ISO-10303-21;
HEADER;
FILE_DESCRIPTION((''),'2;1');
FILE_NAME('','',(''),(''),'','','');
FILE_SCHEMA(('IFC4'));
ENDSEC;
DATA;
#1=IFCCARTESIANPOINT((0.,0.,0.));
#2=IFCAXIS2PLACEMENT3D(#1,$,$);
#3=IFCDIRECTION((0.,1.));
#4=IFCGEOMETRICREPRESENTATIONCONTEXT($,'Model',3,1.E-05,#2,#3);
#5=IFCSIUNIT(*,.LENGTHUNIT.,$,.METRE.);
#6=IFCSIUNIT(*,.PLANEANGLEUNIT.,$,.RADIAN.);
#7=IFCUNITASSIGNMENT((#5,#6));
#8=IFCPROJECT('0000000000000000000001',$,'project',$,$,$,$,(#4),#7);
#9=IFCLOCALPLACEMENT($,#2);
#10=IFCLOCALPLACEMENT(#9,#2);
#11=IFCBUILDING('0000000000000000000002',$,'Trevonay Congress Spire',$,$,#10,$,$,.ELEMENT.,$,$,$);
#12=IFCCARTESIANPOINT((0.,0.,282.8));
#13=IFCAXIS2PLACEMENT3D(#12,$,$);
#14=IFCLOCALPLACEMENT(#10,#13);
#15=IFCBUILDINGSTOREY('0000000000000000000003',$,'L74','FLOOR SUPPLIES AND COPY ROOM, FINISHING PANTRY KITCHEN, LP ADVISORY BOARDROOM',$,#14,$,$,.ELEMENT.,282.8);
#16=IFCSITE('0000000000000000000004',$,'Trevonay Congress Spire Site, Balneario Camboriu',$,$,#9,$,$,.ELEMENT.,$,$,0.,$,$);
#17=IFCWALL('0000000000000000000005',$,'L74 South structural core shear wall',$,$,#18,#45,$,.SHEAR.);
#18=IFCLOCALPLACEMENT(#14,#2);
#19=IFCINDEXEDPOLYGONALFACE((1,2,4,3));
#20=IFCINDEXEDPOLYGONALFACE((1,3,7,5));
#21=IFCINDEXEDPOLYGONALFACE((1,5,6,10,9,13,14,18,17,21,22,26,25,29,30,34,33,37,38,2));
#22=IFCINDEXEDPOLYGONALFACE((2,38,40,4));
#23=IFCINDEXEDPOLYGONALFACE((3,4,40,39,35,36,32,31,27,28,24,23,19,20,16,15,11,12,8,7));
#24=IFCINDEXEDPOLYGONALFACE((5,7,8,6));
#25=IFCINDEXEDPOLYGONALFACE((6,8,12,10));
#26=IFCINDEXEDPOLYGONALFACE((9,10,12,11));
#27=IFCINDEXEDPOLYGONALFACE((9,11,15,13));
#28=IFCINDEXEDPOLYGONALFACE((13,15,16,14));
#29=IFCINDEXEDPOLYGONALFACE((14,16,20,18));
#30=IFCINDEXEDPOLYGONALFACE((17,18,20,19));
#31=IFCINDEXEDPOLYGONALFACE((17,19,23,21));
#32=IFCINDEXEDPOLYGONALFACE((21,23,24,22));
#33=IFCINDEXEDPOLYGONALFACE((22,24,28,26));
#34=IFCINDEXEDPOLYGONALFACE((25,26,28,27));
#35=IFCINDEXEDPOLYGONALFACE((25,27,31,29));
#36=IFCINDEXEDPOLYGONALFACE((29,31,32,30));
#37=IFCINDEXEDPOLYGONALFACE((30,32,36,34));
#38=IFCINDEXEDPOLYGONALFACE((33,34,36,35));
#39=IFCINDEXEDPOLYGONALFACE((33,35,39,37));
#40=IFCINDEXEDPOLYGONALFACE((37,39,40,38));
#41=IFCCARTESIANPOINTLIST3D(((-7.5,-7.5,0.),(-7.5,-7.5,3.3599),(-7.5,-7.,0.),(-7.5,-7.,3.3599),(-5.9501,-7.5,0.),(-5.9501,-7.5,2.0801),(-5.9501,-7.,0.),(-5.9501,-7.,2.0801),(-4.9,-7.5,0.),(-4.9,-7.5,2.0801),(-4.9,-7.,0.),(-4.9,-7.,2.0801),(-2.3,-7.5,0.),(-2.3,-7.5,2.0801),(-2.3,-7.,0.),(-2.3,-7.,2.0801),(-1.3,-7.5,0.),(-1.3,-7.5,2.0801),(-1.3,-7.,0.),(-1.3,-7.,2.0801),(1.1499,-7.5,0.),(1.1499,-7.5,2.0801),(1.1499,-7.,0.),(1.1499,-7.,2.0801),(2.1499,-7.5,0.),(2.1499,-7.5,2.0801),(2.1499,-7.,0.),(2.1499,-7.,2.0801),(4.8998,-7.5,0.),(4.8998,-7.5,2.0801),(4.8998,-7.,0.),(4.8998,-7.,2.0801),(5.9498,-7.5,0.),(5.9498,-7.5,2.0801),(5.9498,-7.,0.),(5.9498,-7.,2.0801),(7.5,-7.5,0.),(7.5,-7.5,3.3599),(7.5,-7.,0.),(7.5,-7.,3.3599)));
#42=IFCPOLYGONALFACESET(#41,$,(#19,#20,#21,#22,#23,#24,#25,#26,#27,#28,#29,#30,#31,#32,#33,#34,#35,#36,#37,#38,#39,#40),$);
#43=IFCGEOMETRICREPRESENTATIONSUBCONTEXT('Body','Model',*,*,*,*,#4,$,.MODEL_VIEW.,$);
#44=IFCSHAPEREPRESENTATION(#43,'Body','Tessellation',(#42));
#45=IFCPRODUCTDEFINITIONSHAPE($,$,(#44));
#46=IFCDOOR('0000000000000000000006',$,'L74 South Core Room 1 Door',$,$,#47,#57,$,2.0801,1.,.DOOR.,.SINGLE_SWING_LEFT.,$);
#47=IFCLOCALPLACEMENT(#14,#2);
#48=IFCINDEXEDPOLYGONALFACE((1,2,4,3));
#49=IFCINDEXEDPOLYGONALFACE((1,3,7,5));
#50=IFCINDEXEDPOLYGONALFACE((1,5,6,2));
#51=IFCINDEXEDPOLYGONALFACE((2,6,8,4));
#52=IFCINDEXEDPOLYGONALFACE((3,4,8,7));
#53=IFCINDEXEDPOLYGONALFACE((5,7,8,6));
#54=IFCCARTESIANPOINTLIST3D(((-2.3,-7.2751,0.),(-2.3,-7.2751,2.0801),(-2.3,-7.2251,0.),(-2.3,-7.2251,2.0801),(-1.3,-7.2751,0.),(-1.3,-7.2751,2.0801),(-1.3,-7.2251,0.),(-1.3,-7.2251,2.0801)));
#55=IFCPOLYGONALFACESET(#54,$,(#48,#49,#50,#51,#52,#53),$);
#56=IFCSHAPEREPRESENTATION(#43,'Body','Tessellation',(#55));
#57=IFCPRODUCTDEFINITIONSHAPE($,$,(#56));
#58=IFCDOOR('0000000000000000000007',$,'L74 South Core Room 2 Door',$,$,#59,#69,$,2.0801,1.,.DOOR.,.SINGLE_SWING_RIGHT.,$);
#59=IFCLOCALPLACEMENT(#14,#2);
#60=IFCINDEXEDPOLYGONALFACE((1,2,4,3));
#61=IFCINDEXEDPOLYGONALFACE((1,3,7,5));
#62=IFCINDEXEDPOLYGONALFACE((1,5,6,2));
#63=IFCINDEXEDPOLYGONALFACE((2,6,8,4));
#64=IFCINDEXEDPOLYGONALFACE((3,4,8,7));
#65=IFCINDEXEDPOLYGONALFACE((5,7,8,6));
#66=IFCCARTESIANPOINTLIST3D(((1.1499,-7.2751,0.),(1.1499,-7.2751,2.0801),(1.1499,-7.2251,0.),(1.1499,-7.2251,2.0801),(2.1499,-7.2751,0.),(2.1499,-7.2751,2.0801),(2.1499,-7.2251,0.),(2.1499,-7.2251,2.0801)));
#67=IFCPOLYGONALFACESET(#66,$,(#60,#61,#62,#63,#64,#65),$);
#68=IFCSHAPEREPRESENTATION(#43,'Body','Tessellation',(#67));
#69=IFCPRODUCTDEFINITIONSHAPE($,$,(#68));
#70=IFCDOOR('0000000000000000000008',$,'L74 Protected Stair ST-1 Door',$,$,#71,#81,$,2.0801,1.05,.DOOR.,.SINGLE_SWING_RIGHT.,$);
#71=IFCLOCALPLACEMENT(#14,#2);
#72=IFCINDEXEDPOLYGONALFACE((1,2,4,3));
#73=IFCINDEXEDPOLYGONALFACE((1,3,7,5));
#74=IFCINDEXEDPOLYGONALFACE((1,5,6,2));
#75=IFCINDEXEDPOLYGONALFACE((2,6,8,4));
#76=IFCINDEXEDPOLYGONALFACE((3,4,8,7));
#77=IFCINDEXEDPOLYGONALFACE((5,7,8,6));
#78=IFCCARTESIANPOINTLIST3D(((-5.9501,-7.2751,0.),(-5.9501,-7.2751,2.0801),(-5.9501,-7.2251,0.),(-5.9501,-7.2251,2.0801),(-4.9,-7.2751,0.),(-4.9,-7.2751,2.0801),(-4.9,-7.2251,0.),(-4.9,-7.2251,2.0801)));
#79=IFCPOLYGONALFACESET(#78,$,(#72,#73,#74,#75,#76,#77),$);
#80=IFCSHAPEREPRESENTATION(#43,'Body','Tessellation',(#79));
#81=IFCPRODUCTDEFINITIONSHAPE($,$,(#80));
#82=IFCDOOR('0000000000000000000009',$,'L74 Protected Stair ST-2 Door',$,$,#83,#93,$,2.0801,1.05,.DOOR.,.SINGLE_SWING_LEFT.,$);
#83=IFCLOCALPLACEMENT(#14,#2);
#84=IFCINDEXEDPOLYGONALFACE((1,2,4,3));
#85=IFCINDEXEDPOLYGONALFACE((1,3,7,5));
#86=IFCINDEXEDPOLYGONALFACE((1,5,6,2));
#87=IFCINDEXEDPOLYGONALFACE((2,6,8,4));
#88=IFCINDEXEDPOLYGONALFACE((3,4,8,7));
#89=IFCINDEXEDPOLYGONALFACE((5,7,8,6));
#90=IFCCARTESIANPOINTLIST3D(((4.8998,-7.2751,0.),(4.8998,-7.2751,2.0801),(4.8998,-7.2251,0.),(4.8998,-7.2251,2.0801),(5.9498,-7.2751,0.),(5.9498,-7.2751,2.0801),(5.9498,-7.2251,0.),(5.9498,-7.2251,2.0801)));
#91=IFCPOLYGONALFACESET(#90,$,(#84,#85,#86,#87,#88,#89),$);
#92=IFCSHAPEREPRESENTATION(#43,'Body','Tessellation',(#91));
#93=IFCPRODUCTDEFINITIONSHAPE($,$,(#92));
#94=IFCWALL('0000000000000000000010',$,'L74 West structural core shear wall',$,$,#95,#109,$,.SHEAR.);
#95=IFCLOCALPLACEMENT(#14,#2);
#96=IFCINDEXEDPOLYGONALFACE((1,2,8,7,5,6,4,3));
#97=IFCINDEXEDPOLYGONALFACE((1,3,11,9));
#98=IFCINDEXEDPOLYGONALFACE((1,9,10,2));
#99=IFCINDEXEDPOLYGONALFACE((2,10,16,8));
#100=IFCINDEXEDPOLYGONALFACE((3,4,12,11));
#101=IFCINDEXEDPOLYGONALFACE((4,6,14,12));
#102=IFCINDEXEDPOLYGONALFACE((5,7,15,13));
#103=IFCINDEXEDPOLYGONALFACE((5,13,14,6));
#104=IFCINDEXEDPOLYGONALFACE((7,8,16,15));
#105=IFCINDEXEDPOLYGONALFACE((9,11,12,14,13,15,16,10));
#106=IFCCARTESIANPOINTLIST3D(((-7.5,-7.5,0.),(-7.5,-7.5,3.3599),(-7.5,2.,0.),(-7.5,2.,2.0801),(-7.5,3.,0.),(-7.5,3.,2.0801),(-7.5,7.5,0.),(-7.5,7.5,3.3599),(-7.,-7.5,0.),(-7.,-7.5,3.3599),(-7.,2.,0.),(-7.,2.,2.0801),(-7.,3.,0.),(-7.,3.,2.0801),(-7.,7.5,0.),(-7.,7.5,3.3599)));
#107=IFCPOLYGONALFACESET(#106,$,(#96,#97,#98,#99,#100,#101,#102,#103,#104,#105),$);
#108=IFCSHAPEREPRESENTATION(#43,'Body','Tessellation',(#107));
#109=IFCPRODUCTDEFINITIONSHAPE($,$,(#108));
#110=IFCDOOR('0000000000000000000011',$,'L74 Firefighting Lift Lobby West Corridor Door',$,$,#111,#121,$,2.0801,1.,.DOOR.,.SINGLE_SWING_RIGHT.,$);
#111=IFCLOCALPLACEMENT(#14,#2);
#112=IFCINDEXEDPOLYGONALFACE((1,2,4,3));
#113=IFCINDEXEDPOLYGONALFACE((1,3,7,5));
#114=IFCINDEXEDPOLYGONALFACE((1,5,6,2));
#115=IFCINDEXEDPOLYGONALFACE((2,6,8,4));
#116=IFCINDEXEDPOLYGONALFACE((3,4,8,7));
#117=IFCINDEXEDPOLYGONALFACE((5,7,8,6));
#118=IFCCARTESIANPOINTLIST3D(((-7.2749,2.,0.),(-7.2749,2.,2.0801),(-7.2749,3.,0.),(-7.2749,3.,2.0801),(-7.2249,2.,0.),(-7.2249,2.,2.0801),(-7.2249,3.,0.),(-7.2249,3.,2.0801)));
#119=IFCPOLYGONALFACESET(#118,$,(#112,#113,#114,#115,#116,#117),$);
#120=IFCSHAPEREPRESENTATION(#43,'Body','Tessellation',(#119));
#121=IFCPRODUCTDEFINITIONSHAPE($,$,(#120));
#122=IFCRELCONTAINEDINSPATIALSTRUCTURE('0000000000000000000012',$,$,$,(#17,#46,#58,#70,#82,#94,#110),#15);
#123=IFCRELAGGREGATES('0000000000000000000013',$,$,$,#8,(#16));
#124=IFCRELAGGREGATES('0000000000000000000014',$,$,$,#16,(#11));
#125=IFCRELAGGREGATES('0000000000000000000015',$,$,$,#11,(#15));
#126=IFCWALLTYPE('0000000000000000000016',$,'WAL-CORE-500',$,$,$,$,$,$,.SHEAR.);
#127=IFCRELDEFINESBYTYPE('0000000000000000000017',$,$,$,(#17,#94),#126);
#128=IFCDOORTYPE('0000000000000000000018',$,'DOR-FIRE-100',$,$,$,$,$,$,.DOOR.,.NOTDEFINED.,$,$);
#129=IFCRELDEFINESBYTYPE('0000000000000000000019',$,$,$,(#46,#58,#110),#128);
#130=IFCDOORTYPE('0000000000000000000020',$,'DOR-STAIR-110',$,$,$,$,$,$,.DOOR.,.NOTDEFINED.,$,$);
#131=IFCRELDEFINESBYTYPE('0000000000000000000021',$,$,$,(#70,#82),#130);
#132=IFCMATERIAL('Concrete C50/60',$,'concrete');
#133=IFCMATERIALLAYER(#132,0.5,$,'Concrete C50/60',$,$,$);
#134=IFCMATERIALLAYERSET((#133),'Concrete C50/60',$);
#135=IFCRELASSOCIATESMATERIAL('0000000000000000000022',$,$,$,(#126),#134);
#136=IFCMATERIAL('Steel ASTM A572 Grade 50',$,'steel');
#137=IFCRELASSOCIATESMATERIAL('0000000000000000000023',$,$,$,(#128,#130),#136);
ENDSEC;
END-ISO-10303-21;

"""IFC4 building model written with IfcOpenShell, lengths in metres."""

from ifc_helpers import new_model, si_unit, direction, frame, frame_2d, origin, place, context, subcontext, project, spatial, rectangle, extrude, material, layer, layer_set, type_object, element, fill, save


model = new_model("IFC4")

# Units and contexts
model_context = context("Model", 3, precision=1e-05, world=origin(), true_north=direction((0.0, 1.0)))
body_context = subcontext(model_context, "Body", "Model", "MODEL_VIEW")
ifc_project = project(units=[si_unit("LENGTHUNIT", "METRE"), si_unit("PLANEANGLEUNIT", "RADIAN")], contexts=[model_context])

# Site, building, storey
site_placement = place(None, origin())
site = spatial("IfcSite", under=ifc_project, at=site_placement, Name="Trevonay Congress Spire Site, Balneario Camboriu", CompositionType="ELEMENT", RefElevation=0.0)
building_placement = place(site_placement, origin())
building = spatial("IfcBuilding", under=site, at=building_placement, Name="Trevonay Congress Spire", CompositionType="ELEMENT")
storey_placement = place(building_placement, frame((0.0, 0.0, 282.8)))
storey = spatial("IfcBuildingStorey", under=building, at=storey_placement, Name="L74", Description="FLOOR SUPPLIES AND COPY ROOM, FINISHING PANTRY KITCHEN, LP ADVISORY BOARDROOM", CompositionType="ELEMENT", Elevation=282.8)

# Shared definitions
ifc_material_1 = material(Name="Steel ASTM A572 Grade 50", Category="steel")

# Wall, openings, doors
ifc_material_2 = material(Name="Concrete C50/60", Category="concrete")
ifc_layer_1 = layer(ifc_material_2, 0.5, Name="Concrete C50/60")
ifc_layer_set_1 = layer_set([ifc_layer_1], Name="Concrete C50/60")
wall_type_1 = type_object("IfcWallType", Name="WAL-CORE-500", PredefinedType="SHEAR", material=ifc_layer_set_1)
wall_1_placement = place(storey_placement, frame((-7.5, -7.25, 0.0), z_axis=(0.0, 0.0, 1.0), x_axis=(1.0, 0.0, 0.0)))
wall_1 = element("IfcWall", 1, at=wall_1_placement, inside=storey, type_object=wall_type_1, Name="L74 South structural core shear wall", PredefinedType="SHEAR", context=body_context, shape_type="SweptSolid", body=[
    extrude(rectangle(XDim=15.0, YDim=0.5, at=frame_2d((7.5, 0.0))), origin(), (0.0, 0.0, 1.0), 3.3599),
])
opening_1_placement = place(wall_1_placement, frame((1.55, 0.0, 0.0)))
opening_1 = element("IfcOpeningElement", 2, at=opening_1_placement, cuts=wall_1, PredefinedType="OPENING", context=body_context, shape_type="SweptSolid", body=[
    extrude(rectangle(XDim=1.05, YDim=2.0801, at=frame_2d((0.5249, 1.04))), frame((0.0, 0.26, 0.0), z_axis=(0.0, -1.0, 0.0), x_axis=(1.0, 0.0, 0.0)), (0.0, 0.0, 1.0), 0.52),
])
opening_2_placement = place(wall_1_placement, frame((12.3999, 0.0, 0.0)))
opening_2 = element("IfcOpeningElement", 3, at=opening_2_placement, cuts=wall_1, PredefinedType="OPENING", context=body_context, shape_type="SweptSolid", body=[
    extrude(rectangle(XDim=1.05, YDim=2.0801, at=frame_2d((0.5249, 1.04))), frame((0.0, 0.26, 0.0), z_axis=(0.0, -1.0, 0.0), x_axis=(1.0, 0.0, 0.0)), (0.0, 0.0, 1.0), 0.52),
])
opening_3_placement = place(wall_1_placement, frame((5.2, 0.0, 0.0)))
opening_3 = element("IfcOpeningElement", 4, at=opening_3_placement, cuts=wall_1, PredefinedType="OPENING", context=body_context, shape_type="SweptSolid", body=[
    extrude(rectangle(XDim=1.0, YDim=2.0801, at=frame_2d((0.5, 1.04))), frame((0.0, 0.26, 0.0), z_axis=(0.0, -1.0, 0.0), x_axis=(1.0, 0.0, 0.0)), (0.0, 0.0, 1.0), 0.52),
])
opening_4_placement = place(wall_1_placement, frame((8.6499, 0.0, 0.0)))
opening_4 = element("IfcOpeningElement", 5, at=opening_4_placement, cuts=wall_1, PredefinedType="OPENING", context=body_context, shape_type="SweptSolid", body=[
    extrude(rectangle(XDim=1.0, YDim=2.0801, at=frame_2d((0.5, 1.04))), frame((0.0, 0.26, 0.0), z_axis=(0.0, -1.0, 0.0), x_axis=(1.0, 0.0, 0.0)), (0.0, 0.0, 1.0), 0.52),
])
door_type_1 = type_object("IfcDoorType", Name="DOR-FIRE-100", OperationType="NOTDEFINED", PredefinedType="DOOR", material=ifc_material_1)
door_1_placement = place(opening_3_placement, origin())
door_1 = element("IfcDoor", 6, at=door_1_placement, inside=storey, type_object=door_type_1, Name="L74 South Core Room 1 Door", OperationType="SINGLE_SWING_LEFT", OverallHeight=2.0801, OverallWidth=1.0, PredefinedType="DOOR", context=body_context, shape_type="SweptSolid", body=[
    extrude(rectangle(XDim=1.0, YDim=2.0801, at=frame_2d((0.5, 1.04))), frame((0.0, 0.0249, 0.0), z_axis=(0.0, -1.0, 0.0), x_axis=(1.0, 0.0, 0.0)), (0.0, 0.0, 1.0), 0.05),
])
fill(opening_3, door_1)
door_2_placement = place(opening_4_placement, origin())
door_2 = element("IfcDoor", 7, at=door_2_placement, inside=storey, type_object=door_type_1, Name="L74 South Core Room 2 Door", OperationType="SINGLE_SWING_RIGHT", OverallHeight=2.0801, OverallWidth=1.0, PredefinedType="DOOR", context=body_context, shape_type="SweptSolid", body=[
    extrude(rectangle(XDim=1.0, YDim=2.0801, at=frame_2d((0.5, 1.04))), frame((0.0, 0.0249, 0.0), z_axis=(0.0, -1.0, 0.0), x_axis=(1.0, 0.0, 0.0)), (0.0, 0.0, 1.0), 0.05),
])
fill(opening_4, door_2)
door_type_2 = type_object("IfcDoorType", Name="DOR-STAIR-110", OperationType="NOTDEFINED", PredefinedType="DOOR", material=ifc_material_1)
door_3_placement = place(opening_1_placement, origin())
door_3 = element("IfcDoor", 8, at=door_3_placement, inside=storey, type_object=door_type_2, Name="L74 Protected Stair ST-1 Door", OperationType="SINGLE_SWING_RIGHT", OverallHeight=2.0801, OverallWidth=1.05, PredefinedType="DOOR", context=body_context, shape_type="SweptSolid", body=[
    extrude(rectangle(XDim=1.05, YDim=2.0801, at=frame_2d((0.5249, 1.04))), frame((0.0, 0.0249, 0.0), z_axis=(0.0, -1.0, 0.0), x_axis=(1.0, 0.0, 0.0)), (0.0, 0.0, 1.0), 0.05),
])
fill(opening_1, door_3)
door_4_placement = place(opening_2_placement, origin())
door_4 = element("IfcDoor", 9, at=door_4_placement, inside=storey, type_object=door_type_2, Name="L74 Protected Stair ST-2 Door", OperationType="SINGLE_SWING_LEFT", OverallHeight=2.0801, OverallWidth=1.05, PredefinedType="DOOR", context=body_context, shape_type="SweptSolid", body=[
    extrude(rectangle(XDim=1.05, YDim=2.0801, at=frame_2d((0.5249, 1.04))), frame((0.0, 0.0249, 0.0), z_axis=(0.0, -1.0, 0.0), x_axis=(1.0, 0.0, 0.0)), (0.0, 0.0, 1.0), 0.05),
])
fill(opening_2, door_4)

# Wall, opening, door
wall_2_placement = place(storey_placement, frame((-7.25, -7.5, 0.0), z_axis=(0.0, 0.0, 1.0), x_axis=(0.0, 1.0, 0.0)))
wall_2 = element("IfcWall", 10, at=wall_2_placement, inside=storey, type_object=wall_type_1, Name="L74 West structural core shear wall", PredefinedType="SHEAR", context=body_context, shape_type="SweptSolid", body=[
    extrude(rectangle(XDim=15.0, YDim=0.5, at=frame_2d((7.5, 0.0))), origin(), (0.0, 0.0, 1.0), 3.3599),
])
opening_5_placement = place(wall_2_placement, frame((9.5, 0.0, 0.0)))
opening_5 = element("IfcOpeningElement", 11, at=opening_5_placement, cuts=wall_2, PredefinedType="OPENING", context=body_context, shape_type="SweptSolid", body=[
    extrude(rectangle(XDim=1.0, YDim=2.0801, at=frame_2d((0.5, 1.04))), frame((0.0, 0.26, 0.0), z_axis=(0.0, -1.0, 0.0), x_axis=(1.0, 0.0, 0.0)), (0.0, 0.0, 1.0), 0.52),
])
door_5_placement = place(opening_5_placement, origin())
door_5 = element("IfcDoor", 12, at=door_5_placement, inside=storey, type_object=door_type_1, Name="L74 Firefighting Lift Lobby West Corridor Door", OperationType="SINGLE_SWING_RIGHT", OverallHeight=2.0801, OverallWidth=1.0, PredefinedType="DOOR", context=body_context, shape_type="SweptSolid", body=[
    extrude(rectangle(XDim=1.0, YDim=2.0801, at=frame_2d((0.5, 1.04))), frame((0.0, 0.0249, 0.0), z_axis=(0.0, -1.0, 0.0), x_axis=(1.0, 0.0, 0.0)), (0.0, 0.0, 1.0), 0.05),
])
fill(opening_5, door_5)

save(model, "model.ifc")
